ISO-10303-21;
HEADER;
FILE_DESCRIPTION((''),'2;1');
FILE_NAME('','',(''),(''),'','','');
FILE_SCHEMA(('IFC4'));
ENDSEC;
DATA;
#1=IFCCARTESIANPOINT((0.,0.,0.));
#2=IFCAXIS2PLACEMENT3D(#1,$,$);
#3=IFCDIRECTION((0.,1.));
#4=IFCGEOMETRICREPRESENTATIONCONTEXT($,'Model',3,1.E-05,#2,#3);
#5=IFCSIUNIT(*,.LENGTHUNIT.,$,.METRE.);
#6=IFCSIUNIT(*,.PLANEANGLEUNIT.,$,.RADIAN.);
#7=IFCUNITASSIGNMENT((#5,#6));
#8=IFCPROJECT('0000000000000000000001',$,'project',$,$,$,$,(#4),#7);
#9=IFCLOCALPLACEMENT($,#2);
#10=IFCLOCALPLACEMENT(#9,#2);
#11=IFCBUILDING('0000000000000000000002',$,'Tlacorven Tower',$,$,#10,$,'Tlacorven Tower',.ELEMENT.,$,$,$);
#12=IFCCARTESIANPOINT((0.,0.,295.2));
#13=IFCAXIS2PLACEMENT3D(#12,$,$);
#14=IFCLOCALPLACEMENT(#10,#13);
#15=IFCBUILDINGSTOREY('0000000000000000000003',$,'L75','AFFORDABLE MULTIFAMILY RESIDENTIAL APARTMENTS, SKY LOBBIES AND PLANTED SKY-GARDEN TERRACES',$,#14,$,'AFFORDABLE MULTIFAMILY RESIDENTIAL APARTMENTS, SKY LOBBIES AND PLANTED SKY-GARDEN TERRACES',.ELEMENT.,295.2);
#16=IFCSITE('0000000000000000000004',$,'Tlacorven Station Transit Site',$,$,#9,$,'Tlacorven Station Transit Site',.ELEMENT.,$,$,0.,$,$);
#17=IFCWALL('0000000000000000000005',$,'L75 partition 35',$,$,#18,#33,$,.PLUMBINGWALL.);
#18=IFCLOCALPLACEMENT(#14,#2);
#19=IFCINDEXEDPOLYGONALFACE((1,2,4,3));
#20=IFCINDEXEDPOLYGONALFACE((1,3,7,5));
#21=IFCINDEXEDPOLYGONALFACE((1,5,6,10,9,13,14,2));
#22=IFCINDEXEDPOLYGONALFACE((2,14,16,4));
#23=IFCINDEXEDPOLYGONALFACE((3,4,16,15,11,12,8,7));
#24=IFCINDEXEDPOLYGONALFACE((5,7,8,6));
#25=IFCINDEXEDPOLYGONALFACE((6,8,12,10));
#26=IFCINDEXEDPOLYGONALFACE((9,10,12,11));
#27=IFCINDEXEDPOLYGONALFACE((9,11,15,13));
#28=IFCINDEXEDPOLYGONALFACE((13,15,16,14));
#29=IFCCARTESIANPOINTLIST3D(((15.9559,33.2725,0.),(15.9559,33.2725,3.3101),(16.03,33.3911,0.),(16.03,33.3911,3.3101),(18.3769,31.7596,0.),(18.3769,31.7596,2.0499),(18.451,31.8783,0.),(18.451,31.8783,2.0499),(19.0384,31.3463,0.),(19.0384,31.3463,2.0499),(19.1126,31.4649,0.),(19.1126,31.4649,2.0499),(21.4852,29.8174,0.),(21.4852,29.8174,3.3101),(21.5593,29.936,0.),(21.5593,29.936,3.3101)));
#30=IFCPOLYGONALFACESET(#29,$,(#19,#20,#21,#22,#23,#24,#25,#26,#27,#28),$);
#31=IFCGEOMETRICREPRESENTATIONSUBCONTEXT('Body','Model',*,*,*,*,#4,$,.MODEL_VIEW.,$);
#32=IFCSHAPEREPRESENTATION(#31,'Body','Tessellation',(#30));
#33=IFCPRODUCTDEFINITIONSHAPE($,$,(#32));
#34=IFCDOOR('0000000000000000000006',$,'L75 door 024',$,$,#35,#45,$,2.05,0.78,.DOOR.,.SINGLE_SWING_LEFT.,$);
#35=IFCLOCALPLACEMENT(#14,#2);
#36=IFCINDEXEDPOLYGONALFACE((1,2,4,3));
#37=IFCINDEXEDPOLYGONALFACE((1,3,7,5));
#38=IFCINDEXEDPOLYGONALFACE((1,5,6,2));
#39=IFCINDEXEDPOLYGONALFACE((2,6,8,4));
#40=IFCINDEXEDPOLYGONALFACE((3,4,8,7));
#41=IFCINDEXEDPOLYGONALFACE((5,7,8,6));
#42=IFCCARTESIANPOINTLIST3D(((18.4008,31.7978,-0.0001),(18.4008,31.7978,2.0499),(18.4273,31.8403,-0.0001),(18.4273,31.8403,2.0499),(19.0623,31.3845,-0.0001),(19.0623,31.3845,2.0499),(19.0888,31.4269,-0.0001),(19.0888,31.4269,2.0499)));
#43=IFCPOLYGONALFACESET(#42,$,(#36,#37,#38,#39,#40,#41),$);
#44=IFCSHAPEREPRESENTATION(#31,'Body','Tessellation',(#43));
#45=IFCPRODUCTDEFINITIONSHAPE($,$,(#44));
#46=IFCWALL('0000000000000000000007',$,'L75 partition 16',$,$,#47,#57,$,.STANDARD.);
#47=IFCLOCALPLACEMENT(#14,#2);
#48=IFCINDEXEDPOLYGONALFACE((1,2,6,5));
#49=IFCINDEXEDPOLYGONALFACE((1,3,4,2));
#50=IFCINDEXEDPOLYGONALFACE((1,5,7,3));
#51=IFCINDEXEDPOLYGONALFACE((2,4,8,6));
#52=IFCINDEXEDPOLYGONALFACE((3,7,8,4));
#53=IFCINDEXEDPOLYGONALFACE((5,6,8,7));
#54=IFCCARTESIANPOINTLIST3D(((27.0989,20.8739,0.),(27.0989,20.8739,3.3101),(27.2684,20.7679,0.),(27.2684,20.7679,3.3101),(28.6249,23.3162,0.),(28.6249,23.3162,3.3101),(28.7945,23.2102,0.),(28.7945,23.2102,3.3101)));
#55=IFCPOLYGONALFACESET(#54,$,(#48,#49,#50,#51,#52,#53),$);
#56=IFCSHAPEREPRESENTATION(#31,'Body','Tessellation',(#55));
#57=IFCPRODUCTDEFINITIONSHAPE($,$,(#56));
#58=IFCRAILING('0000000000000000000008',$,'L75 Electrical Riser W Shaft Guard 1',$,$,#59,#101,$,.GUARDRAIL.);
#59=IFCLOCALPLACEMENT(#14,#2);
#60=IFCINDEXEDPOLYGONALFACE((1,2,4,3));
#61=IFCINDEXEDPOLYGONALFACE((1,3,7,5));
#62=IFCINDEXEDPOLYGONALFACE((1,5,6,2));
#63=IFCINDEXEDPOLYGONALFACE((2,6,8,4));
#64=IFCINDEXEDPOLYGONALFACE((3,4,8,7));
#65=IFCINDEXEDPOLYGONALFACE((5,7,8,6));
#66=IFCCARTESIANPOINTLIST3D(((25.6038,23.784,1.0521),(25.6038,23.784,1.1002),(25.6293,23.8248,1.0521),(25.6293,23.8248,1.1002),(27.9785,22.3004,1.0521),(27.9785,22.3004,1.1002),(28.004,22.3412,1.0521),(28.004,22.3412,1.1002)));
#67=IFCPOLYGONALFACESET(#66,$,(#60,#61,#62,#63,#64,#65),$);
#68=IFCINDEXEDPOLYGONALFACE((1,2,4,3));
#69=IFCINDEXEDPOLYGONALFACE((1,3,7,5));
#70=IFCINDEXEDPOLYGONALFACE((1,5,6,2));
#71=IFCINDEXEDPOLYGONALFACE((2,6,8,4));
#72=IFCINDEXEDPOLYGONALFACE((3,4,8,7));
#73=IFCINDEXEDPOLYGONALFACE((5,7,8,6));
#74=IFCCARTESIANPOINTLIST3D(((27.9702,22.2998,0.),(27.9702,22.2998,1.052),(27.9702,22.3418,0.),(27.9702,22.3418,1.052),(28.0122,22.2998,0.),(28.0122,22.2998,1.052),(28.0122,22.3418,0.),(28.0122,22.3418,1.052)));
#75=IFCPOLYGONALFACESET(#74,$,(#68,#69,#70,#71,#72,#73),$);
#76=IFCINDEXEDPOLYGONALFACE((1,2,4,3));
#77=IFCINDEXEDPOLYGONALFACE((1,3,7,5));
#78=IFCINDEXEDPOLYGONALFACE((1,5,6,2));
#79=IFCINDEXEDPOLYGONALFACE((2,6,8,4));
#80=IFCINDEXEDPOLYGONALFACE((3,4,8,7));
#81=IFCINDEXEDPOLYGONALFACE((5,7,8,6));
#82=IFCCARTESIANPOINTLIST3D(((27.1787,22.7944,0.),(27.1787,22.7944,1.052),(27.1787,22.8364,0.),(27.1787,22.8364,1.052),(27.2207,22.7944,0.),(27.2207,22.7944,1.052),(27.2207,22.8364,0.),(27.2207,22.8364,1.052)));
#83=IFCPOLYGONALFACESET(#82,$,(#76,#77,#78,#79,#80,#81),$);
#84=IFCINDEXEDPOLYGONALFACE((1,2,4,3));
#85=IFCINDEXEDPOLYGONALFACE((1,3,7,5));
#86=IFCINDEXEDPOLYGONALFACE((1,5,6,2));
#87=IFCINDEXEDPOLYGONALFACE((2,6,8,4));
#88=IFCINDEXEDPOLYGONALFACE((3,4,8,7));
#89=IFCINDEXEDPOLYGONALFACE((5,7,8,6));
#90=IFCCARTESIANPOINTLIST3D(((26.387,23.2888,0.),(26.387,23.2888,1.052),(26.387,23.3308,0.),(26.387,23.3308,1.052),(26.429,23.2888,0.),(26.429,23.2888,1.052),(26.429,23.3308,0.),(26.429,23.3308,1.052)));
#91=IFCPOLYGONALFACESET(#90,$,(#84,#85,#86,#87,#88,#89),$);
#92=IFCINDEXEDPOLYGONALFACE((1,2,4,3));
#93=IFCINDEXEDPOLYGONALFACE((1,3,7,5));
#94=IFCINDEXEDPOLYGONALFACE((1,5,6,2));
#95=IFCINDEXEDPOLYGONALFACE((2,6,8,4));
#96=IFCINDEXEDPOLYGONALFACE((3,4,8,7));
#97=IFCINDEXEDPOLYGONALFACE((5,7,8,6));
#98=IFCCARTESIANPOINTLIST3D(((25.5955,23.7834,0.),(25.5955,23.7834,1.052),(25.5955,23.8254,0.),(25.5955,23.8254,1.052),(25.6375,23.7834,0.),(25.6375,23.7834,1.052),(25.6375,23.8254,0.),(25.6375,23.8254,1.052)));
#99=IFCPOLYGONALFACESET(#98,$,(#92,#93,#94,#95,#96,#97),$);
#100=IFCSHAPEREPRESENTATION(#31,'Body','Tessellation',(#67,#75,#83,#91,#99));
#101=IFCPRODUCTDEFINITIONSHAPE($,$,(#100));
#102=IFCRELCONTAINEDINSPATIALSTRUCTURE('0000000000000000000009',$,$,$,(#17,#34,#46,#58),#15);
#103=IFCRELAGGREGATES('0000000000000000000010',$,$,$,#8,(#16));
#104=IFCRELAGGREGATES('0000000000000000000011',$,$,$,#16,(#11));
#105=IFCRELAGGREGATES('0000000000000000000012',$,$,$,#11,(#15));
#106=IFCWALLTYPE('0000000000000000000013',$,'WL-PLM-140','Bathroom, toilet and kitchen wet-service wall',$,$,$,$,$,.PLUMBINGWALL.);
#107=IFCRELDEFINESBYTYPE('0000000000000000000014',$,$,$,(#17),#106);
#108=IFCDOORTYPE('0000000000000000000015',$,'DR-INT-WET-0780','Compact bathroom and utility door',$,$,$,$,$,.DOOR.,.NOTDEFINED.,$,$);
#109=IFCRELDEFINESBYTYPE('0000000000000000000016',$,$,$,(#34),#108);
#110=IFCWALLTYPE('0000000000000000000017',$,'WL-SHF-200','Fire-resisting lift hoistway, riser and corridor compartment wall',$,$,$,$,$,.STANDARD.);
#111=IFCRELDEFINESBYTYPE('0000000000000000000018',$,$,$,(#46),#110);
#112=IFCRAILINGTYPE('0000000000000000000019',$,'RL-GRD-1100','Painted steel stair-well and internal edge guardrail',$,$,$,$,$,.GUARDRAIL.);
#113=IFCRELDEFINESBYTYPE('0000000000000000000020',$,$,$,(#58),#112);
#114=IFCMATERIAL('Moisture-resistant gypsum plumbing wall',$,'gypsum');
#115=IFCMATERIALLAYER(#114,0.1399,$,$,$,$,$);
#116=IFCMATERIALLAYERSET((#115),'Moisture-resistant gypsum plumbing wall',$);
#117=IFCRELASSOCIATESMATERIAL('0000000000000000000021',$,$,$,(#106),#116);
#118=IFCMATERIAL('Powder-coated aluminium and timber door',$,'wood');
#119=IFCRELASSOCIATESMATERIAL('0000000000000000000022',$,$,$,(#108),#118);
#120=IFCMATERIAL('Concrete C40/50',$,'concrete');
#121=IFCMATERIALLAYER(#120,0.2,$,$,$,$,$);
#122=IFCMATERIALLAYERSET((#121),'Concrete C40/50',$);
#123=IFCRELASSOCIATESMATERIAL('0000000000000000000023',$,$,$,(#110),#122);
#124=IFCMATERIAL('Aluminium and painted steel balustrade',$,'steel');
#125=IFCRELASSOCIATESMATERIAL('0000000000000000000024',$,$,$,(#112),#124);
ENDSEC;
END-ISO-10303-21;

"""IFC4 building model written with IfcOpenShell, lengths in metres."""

from ifc_helpers import new_model, si_unit, direction, frame, frame_2d, origin, origin_2d, place, context, subcontext, project, spatial, rectangle, extrude, source, transform, mapped, material, layer, layer_set, type_object, element, fill, save


model = new_model("IFC4")

# Units and contexts
model_context = context("Model", 3, precision=1e-05, world=origin(), true_north=direction((0.0, 1.0)))
body_context = subcontext(model_context, "Body", "Model", "MODEL_VIEW")
ifc_project = project(units=[si_unit("LENGTHUNIT", "METRE"), si_unit("PLANEANGLEUNIT", "RADIAN")], contexts=[model_context])

# Site, building, storey
site_placement = place(None, origin())
site = spatial("IfcSite", under=ifc_project, at=site_placement, Name="Tlacorven Station Transit Site", LongName="Tlacorven Station Transit Site", CompositionType="ELEMENT", RefElevation=0.0)
building_placement = place(site_placement, origin())
building = spatial("IfcBuilding", under=site, at=building_placement, Name="Tlacorven Tower", LongName="Tlacorven Tower", CompositionType="ELEMENT")
storey_placement = place(building_placement, frame((0.0, 0.0, 295.2)))
storey = spatial("IfcBuildingStorey", under=building, at=storey_placement, Name="L75", Description="AFFORDABLE MULTIFAMILY RESIDENTIAL APARTMENTS, SKY LOBBIES AND PLANTED SKY-GARDEN TERRACES", LongName="AFFORDABLE MULTIFAMILY RESIDENTIAL APARTMENTS, SKY LOBBIES AND PLANTED SKY-GARDEN TERRACES", CompositionType="ELEMENT", Elevation=295.2)

# Wall, opening, door
ifc_material_1 = material(Name="Powder-coated aluminium and timber door", Category="wood")
ifc_material_2 = material(Name="Moisture-resistant gypsum plumbing wall", Category="gypsum")
ifc_layer_1 = layer(ifc_material_2, 0.1399)
ifc_layer_set_1 = layer_set([ifc_layer_1], Name="Moisture-resistant gypsum plumbing wall")
wall_type_1 = type_object("IfcWallType", Name="WL-PLM-140", Description="Bathroom, toilet and kitchen wet-service wall", PredefinedType="PLUMBINGWALL", material=ifc_layer_set_1)
wall_1_placement = place(storey_placement, frame((21.5222, 29.8767, 0.0), z_axis=(0.0, 0.0, 1.0), x_axis=(-0.848049, 0.529918, 0.0)))
wall_1 = element("IfcWall", 1, at=wall_1_placement, inside=storey, type_object=wall_type_1, Name="L75 partition 35", PredefinedType="PLUMBINGWALL", context=body_context, shape_type="SweptSolid", body=[
    extrude(rectangle(XDim=6.52, YDim=0.1399, at=frame_2d((3.26, 0.0))), origin(), (0.0, 0.0, 1.0), 3.3101),
])
opening_1_placement = place(wall_1_placement, frame((2.885, 0.0, 0.0)))
opening_1 = element("IfcOpeningElement", 2, at=opening_1_placement, cuts=wall_1, PredefinedType="OPENING", context=body_context, shape_type="SweptSolid", body=[
    extrude(rectangle(XDim=0.78, YDim=2.05, at=frame_2d((0.3901, 1.0249))), frame((0.0, 0.0801, 0.0), z_axis=(0.0, -1.0, 0.0), x_axis=(1.0, 0.0, 0.0)), (0.0, 0.0, 1.0), 0.1599),
])
door_type_1 = type_object("IfcDoorType", Name="DR-INT-WET-0780", Description="Compact bathroom and utility door", OperationType="NOTDEFINED", PredefinedType="DOOR", material=ifc_material_1)
shared_shape_1 = source(origin(), body_context, "Body", "SweptSolid", [
    extrude(rectangle(XDim=0.78, YDim=2.05, at=frame_2d((0.3901, 1.0249))), frame((0.0, 0.0249, 0.0), z_axis=(0.0, -1.0, 0.0), x_axis=(1.0, 0.0, 0.0)), (0.0, 0.0, 1.0), 0.05),
])
door_1_placement = place(opening_1_placement, origin())
door_1 = element("IfcDoor", 3, at=door_1_placement, inside=storey, type_object=door_type_1, Name="L75 door 024", OperationType="SINGLE_SWING_LEFT", OverallHeight=2.05, OverallWidth=0.78, PredefinedType="DOOR", context=body_context, shape_type="MappedRepresentation", body=[
    mapped(shared_shape_1, transform((0.0, 0.0, 0.0), scale=1.0)),
])
fill(opening_1, door_1)

# Wall
ifc_material_3 = material(Name="Concrete C40/50", Category="concrete")
ifc_layer_2 = layer(ifc_material_3, 0.2)
ifc_layer_set_2 = layer_set([ifc_layer_2], Name="Concrete C40/50")
wall_type_2 = type_object("IfcWallType", Name="WL-SHF-200", Description="Fire-resisting lift hoistway, riser and corridor compartment wall", PredefinedType="STANDARD", material=ifc_layer_set_2)
wall_2_placement = place(storey_placement, frame((28.7097, 23.2632, 0.0), z_axis=(0.0, 0.0, 1.0), x_axis=(-0.529907, -0.848055, 0.0)))
element("IfcWall", 4, at=wall_2_placement, inside=storey, type_object=wall_type_2, Name="L75 partition 16", PredefinedType="STANDARD", context=body_context, shape_type="SweptSolid", body=[
    extrude(rectangle(XDim=2.8799, YDim=0.2, at=frame_2d((1.4399, 0.0))), origin(), (0.0, 0.0, 1.0), 3.3101),
])

# Railing
ifc_material_4 = material(Name="Aluminium and painted steel balustrade", Category="steel")
railing_type = type_object("IfcRailingType", Name="RL-GRD-1100", Description="Painted steel stair-well and internal edge guardrail", PredefinedType="GUARDRAIL", material=ifc_material_4)
shared_shape_2 = source(origin(), body_context, "Body", "SweptSolid", [
    extrude(rectangle(XDim=0.0481, YDim=0.0481, at=origin_2d()), frame((0.0, 0.0, 1.0762), z_axis=(-0.848091, 0.52985, 0.0), x_axis=(-0.52985, -0.848091, 0.0)), (0.0, 0.0, 1.0), 2.8),
    extrude(rectangle(XDim=0.042, YDim=0.042, at=origin_2d()), origin(), (0.0, 0.0, 1.0), 1.052),
    extrude(rectangle(XDim=0.042, YDim=0.042, at=origin_2d()), frame((-0.7915, 0.4946, 0.0)), (0.0, 0.0, 1.0), 1.052),
    extrude(rectangle(XDim=0.042, YDim=0.042, at=origin_2d()), frame((-1.5833, 0.989, 0.0)), (0.0, 0.0, 1.0), 1.052),
    extrude(rectangle(XDim=0.042, YDim=0.042, at=origin_2d()), frame((-2.3748, 1.4836, 0.0)), (0.0, 0.0, 1.0), 1.052),
])
railing_placement = place(storey_placement, frame((27.9912, 22.3208, 0.0)))
element("IfcRailing", 5, at=railing_placement, inside=storey, type_object=railing_type, Name="L75 Electrical Riser W Shaft Guard 1", PredefinedType="GUARDRAIL", context=body_context, shape_type="MappedRepresentation", body=[
    mapped(shared_shape_2, transform((0.0, 0.0, 0.0), scale=1.0)),
])

save(model, "model.ifc")
